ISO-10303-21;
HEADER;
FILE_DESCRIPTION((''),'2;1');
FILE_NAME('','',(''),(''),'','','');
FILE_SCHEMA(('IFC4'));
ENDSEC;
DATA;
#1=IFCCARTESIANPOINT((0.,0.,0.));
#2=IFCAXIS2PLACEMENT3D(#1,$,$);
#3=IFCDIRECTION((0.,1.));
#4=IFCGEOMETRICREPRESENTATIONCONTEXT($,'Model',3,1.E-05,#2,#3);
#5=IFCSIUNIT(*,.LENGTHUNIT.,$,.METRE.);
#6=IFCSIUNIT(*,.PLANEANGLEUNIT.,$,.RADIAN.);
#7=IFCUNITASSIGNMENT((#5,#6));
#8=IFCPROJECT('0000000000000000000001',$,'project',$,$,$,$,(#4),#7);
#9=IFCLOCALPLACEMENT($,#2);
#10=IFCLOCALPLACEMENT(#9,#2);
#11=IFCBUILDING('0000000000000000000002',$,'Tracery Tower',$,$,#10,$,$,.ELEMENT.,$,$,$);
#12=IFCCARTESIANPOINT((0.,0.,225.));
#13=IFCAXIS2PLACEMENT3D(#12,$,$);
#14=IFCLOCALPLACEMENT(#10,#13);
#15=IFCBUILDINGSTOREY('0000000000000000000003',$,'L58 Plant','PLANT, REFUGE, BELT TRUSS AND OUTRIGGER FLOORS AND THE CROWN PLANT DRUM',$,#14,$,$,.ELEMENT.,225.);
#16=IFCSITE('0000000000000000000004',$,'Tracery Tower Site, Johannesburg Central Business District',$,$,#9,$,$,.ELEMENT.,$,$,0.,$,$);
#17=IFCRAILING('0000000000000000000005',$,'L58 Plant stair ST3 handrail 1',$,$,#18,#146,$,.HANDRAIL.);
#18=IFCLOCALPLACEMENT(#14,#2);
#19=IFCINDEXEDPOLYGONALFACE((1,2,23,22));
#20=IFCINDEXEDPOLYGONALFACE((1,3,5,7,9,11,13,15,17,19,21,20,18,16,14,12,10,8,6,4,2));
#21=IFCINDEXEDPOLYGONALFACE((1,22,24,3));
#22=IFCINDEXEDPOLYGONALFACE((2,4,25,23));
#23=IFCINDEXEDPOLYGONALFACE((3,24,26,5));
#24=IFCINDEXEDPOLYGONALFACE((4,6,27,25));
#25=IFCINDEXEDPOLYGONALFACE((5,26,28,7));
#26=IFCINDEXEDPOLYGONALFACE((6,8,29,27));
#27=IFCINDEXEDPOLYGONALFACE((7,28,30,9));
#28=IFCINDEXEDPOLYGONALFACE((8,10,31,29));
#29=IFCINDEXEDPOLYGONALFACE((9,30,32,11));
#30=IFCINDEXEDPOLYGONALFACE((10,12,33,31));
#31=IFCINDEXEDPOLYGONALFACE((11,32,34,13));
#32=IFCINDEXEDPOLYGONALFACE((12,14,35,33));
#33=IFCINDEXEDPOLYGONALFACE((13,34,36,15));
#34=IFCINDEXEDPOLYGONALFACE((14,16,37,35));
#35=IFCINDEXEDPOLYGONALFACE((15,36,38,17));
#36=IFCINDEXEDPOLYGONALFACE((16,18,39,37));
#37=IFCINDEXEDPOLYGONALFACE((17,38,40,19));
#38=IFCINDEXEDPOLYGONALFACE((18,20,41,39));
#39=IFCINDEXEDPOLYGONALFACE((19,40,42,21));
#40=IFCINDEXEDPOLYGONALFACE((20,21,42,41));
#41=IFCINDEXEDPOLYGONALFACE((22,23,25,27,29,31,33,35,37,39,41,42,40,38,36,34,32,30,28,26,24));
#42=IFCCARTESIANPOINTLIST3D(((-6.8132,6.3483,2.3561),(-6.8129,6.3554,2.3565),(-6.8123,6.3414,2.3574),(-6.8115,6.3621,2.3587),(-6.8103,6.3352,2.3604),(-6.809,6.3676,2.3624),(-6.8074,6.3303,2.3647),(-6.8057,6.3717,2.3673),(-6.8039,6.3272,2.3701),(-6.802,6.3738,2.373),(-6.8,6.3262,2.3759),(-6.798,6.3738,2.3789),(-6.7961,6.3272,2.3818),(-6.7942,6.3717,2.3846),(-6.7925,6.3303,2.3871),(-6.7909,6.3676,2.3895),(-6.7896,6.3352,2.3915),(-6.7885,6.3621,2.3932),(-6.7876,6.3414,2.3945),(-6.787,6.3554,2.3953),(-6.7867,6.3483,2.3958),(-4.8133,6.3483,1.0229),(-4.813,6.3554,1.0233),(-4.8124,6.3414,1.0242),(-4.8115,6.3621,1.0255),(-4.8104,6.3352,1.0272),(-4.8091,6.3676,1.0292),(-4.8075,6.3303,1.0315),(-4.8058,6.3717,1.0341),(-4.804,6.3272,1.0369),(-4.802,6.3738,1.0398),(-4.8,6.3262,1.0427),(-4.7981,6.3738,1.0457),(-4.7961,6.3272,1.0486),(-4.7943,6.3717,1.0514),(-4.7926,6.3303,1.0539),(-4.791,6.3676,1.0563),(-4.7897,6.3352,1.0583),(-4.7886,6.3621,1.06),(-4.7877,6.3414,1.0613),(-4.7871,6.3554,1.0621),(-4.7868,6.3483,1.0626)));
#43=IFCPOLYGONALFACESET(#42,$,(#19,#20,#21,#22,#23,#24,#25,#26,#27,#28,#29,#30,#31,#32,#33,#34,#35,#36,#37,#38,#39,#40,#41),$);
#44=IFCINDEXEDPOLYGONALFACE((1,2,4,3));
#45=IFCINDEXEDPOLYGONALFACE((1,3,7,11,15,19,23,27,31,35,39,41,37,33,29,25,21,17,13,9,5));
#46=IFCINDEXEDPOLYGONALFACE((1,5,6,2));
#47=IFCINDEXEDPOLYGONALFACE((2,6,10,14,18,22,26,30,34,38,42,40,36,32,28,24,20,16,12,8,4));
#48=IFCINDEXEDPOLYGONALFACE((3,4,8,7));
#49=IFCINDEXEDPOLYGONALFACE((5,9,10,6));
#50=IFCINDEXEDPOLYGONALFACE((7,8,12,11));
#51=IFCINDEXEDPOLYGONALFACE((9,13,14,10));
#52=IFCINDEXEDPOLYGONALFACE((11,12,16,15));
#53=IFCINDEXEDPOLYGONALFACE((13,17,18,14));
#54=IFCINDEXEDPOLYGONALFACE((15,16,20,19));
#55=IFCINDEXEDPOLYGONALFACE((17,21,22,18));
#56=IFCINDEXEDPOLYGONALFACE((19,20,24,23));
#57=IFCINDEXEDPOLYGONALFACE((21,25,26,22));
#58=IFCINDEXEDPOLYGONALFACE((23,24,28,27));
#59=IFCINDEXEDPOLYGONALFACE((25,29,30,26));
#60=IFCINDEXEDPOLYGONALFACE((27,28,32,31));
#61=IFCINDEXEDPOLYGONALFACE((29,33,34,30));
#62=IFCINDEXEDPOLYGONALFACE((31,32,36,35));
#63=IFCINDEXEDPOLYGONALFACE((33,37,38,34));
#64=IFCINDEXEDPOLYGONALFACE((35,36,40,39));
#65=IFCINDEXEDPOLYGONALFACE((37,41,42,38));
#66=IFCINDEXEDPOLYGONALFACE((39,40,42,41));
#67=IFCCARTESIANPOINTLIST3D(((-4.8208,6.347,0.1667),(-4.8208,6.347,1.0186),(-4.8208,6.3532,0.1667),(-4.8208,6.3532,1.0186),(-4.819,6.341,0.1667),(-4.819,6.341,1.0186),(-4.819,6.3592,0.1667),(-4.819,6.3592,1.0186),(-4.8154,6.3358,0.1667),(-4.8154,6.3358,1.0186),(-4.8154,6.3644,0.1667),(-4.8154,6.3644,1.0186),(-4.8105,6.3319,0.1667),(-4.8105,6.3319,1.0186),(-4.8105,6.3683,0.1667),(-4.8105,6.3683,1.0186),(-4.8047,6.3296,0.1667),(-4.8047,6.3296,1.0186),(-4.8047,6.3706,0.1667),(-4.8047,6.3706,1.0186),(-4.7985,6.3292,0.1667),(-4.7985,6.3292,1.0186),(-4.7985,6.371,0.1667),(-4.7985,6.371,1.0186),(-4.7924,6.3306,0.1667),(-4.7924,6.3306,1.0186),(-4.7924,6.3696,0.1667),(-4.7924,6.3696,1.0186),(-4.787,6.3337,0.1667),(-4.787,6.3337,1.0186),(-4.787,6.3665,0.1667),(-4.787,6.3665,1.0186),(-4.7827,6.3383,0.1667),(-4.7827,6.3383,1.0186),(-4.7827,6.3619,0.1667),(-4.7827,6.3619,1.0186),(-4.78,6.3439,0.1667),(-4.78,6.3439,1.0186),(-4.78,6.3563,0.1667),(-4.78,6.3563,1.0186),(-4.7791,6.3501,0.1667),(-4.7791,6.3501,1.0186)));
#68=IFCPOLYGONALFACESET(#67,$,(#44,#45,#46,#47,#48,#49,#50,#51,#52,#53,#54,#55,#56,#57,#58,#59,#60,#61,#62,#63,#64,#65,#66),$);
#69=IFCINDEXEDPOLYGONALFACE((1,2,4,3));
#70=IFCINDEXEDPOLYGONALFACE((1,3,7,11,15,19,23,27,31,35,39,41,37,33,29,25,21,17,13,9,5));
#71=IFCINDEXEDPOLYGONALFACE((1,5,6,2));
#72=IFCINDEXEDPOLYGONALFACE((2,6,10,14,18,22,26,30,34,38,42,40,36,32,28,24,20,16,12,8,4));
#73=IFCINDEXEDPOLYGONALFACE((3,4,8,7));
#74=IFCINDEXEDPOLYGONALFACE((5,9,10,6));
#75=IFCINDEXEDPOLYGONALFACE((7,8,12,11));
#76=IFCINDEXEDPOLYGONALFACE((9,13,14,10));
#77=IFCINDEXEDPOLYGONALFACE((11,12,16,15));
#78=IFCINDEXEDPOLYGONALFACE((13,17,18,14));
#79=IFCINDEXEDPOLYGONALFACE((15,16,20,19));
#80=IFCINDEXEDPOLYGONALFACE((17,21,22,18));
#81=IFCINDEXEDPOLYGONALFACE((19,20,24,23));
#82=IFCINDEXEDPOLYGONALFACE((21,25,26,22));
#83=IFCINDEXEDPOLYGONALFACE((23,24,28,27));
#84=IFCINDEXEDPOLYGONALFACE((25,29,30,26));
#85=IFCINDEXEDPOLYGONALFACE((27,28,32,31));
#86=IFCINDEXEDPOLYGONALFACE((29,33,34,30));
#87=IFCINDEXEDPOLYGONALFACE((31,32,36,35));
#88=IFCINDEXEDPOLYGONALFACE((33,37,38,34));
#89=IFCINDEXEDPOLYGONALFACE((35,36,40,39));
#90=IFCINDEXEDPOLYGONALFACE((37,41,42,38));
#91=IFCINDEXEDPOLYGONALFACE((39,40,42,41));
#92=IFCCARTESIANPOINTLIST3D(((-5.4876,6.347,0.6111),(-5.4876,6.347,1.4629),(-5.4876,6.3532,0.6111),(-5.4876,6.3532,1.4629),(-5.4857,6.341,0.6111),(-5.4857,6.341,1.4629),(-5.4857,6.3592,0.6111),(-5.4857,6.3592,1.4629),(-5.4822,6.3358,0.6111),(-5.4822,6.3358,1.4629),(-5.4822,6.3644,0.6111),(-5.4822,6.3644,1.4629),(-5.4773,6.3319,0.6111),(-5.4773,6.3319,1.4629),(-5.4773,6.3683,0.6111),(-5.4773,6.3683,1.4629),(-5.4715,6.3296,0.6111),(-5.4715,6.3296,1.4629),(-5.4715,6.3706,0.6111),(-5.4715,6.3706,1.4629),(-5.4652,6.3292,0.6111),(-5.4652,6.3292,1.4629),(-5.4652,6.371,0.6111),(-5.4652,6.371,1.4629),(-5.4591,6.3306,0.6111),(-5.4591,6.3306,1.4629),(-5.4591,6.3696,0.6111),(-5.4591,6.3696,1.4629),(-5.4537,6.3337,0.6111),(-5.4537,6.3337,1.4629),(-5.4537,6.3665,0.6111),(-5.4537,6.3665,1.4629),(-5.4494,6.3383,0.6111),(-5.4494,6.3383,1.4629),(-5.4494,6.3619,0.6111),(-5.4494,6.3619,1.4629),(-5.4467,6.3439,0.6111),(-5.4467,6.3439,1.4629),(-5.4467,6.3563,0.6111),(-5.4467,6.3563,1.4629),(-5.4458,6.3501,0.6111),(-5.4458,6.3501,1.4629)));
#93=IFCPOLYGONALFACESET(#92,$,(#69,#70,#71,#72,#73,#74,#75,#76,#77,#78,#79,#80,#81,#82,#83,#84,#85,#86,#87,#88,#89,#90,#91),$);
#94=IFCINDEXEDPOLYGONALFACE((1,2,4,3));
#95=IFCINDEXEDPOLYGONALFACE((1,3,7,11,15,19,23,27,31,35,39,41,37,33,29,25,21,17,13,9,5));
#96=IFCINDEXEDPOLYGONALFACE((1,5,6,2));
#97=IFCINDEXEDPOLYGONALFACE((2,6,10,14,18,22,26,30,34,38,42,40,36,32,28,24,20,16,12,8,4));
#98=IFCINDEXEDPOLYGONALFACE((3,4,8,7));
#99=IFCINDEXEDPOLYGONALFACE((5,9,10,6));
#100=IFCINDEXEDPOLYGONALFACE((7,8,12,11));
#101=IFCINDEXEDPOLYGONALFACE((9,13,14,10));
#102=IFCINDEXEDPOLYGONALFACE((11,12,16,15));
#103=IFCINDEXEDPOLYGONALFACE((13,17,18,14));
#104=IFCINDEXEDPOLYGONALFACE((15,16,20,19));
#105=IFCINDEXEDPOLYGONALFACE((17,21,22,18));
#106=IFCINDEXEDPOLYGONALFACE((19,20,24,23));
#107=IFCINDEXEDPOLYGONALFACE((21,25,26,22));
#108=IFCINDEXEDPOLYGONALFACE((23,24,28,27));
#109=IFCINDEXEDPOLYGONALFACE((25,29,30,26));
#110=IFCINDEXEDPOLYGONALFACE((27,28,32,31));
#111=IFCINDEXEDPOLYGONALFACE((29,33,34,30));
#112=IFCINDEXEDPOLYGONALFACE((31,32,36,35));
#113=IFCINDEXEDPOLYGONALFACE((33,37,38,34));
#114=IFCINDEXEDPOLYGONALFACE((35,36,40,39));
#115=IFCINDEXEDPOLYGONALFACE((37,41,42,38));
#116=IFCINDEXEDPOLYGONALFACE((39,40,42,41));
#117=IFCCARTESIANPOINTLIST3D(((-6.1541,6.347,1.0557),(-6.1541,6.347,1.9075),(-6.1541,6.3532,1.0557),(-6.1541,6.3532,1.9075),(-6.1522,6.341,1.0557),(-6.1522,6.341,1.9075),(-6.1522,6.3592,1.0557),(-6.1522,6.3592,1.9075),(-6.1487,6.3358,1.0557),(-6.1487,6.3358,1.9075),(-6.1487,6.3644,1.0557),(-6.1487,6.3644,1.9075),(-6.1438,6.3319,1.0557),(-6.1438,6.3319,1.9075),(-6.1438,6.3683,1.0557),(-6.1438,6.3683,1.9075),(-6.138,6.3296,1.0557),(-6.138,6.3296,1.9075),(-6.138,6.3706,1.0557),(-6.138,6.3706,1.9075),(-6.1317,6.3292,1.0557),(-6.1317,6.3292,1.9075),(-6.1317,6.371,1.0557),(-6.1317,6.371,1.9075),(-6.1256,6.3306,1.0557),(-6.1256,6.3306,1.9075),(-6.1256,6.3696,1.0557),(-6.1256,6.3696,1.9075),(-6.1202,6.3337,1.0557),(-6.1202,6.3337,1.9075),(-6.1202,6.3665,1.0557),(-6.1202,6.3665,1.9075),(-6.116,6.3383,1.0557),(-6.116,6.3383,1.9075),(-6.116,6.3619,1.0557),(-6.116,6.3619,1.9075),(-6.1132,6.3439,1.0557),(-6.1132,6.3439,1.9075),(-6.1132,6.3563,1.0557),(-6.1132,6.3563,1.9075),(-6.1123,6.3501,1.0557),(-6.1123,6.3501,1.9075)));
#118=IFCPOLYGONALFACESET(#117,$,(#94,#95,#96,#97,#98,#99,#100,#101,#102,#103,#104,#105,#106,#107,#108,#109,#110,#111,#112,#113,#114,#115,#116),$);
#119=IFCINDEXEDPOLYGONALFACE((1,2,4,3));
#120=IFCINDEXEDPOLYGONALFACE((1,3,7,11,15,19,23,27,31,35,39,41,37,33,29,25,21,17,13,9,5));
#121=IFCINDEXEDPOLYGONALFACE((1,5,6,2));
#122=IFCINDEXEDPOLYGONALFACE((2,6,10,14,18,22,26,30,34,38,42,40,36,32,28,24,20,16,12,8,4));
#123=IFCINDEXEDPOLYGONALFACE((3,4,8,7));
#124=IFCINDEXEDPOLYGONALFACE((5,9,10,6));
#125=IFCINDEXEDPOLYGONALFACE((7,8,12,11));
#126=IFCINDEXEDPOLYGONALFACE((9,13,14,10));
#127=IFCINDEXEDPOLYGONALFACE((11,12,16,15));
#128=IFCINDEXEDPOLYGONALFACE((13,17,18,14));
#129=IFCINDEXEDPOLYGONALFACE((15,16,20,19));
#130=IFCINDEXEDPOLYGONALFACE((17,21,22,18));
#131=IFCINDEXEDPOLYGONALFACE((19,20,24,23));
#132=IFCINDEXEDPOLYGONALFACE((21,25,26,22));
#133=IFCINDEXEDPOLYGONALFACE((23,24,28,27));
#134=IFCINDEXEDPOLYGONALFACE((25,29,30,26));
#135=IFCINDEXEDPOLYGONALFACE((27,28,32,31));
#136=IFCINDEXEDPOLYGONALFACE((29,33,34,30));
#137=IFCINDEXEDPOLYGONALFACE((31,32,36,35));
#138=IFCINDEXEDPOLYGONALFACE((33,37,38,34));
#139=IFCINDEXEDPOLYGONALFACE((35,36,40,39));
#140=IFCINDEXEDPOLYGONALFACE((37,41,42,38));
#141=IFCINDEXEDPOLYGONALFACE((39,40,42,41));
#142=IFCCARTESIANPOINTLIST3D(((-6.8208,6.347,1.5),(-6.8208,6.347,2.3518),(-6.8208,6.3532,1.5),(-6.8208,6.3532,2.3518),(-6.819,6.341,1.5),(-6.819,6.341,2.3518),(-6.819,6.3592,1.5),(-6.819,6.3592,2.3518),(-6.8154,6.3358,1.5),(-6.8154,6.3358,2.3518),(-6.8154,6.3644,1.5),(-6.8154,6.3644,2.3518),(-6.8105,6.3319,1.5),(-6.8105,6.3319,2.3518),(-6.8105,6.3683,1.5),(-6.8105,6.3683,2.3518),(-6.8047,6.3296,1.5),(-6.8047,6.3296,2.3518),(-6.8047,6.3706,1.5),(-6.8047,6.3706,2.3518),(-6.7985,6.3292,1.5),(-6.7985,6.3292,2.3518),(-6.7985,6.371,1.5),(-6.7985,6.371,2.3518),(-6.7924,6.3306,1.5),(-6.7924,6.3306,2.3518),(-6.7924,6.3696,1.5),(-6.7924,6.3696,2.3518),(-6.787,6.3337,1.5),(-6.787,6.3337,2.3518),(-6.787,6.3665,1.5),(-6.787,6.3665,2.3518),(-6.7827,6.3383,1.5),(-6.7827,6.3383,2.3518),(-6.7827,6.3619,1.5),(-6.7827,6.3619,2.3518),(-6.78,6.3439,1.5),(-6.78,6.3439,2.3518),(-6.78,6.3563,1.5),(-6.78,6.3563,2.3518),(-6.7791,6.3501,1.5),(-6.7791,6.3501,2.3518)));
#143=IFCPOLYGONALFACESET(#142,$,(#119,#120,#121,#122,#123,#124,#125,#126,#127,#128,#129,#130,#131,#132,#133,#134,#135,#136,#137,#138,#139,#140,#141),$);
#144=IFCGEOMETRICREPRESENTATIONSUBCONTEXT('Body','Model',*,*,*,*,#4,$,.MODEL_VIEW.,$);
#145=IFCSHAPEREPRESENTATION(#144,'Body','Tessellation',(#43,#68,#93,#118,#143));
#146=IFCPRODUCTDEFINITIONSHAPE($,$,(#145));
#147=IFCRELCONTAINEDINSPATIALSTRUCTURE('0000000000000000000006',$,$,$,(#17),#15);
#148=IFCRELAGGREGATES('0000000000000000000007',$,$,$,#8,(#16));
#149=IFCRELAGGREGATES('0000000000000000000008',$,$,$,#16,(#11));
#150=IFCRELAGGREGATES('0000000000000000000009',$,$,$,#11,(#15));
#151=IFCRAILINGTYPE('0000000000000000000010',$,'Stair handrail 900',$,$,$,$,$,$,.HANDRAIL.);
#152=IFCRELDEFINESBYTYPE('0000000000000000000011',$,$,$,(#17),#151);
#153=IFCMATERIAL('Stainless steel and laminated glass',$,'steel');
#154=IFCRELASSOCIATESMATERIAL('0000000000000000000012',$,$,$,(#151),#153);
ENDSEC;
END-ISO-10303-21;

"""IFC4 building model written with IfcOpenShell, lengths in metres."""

from ifc_helpers import new_model, si_unit, direction, frame, origin, origin_2d, place, context, subcontext, project, spatial, circle, extrude, material, type_object, element, save


model = new_model("IFC4")

# Units and contexts
model_context = context("Model", 3, precision=1e-05, world=origin(), true_north=direction((0.0, 1.0)))
body_context = subcontext(model_context, "Body", "Model", "MODEL_VIEW")
ifc_project = project(units=[si_unit("LENGTHUNIT", "METRE"), si_unit("PLANEANGLEUNIT", "RADIAN")], contexts=[model_context])

# Site, building, storey
site_placement = place(None, origin())
site = spatial("IfcSite", under=ifc_project, at=site_placement, Name="Tracery Tower Site, Johannesburg Central Business District", CompositionType="ELEMENT", RefElevation=0.0)
building_placement = place(site_placement, origin())
building = spatial("IfcBuilding", under=site, at=building_placement, Name="Tracery Tower", CompositionType="ELEMENT")
storey_placement = place(building_placement, frame((0.0, 0.0, 225.0)))
storey = spatial("IfcBuildingStorey", under=building, at=storey_placement, Name="L58 Plant", Description="PLANT, REFUGE, BELT TRUSS AND OUTRIGGER FLOORS AND THE CROWN PLANT DRUM", CompositionType="ELEMENT", Elevation=225.0)

# Railing
ifc_material_1 = material(Name="Stainless steel and laminated glass", Category="steel")
railing_type_1 = type_object("IfcRailingType", Name="Stair handrail 900", PredefinedType="HANDRAIL", material=ifc_material_1)
railing_1_placement = place(storey_placement, frame((-4.8, 6.3501, 0.1667)))
element("IfcRailing", 1, at=railing_1_placement, inside=storey, type_object=railing_type_1, Name="L58 Plant stair ST3 handrail 1", PredefinedType="HANDRAIL", context=body_context, shape_type="SweptSolid", body=[
    extrude(circle(Radius=0.0239, at=origin_2d()), frame((0.0, 0.0, 0.876), z_axis=(-0.832066, 0.0, 0.554677), x_axis=(0.0, -1.0, 0.0)), (0.0, 0.0, 1.0), 2.4036),
    extrude(circle(Radius=0.021, at=origin_2d()), origin(), (0.0, 0.0, 1.0), 0.8518),
    extrude(circle(Radius=0.021, at=origin_2d()), frame((-0.6667, 0.0, 0.4443)), (0.0, 0.0, 1.0), 0.8518),
    extrude(circle(Radius=0.021, at=origin_2d()), frame((-1.3333, 0.0, 0.8889)), (0.0, 0.0, 1.0), 0.8518),
    extrude(circle(Radius=0.021, at=origin_2d()), frame((-2.0, 0.0, 1.3333)), (0.0, 0.0, 1.0), 0.8518),
])

save(model, "model.ifc")
